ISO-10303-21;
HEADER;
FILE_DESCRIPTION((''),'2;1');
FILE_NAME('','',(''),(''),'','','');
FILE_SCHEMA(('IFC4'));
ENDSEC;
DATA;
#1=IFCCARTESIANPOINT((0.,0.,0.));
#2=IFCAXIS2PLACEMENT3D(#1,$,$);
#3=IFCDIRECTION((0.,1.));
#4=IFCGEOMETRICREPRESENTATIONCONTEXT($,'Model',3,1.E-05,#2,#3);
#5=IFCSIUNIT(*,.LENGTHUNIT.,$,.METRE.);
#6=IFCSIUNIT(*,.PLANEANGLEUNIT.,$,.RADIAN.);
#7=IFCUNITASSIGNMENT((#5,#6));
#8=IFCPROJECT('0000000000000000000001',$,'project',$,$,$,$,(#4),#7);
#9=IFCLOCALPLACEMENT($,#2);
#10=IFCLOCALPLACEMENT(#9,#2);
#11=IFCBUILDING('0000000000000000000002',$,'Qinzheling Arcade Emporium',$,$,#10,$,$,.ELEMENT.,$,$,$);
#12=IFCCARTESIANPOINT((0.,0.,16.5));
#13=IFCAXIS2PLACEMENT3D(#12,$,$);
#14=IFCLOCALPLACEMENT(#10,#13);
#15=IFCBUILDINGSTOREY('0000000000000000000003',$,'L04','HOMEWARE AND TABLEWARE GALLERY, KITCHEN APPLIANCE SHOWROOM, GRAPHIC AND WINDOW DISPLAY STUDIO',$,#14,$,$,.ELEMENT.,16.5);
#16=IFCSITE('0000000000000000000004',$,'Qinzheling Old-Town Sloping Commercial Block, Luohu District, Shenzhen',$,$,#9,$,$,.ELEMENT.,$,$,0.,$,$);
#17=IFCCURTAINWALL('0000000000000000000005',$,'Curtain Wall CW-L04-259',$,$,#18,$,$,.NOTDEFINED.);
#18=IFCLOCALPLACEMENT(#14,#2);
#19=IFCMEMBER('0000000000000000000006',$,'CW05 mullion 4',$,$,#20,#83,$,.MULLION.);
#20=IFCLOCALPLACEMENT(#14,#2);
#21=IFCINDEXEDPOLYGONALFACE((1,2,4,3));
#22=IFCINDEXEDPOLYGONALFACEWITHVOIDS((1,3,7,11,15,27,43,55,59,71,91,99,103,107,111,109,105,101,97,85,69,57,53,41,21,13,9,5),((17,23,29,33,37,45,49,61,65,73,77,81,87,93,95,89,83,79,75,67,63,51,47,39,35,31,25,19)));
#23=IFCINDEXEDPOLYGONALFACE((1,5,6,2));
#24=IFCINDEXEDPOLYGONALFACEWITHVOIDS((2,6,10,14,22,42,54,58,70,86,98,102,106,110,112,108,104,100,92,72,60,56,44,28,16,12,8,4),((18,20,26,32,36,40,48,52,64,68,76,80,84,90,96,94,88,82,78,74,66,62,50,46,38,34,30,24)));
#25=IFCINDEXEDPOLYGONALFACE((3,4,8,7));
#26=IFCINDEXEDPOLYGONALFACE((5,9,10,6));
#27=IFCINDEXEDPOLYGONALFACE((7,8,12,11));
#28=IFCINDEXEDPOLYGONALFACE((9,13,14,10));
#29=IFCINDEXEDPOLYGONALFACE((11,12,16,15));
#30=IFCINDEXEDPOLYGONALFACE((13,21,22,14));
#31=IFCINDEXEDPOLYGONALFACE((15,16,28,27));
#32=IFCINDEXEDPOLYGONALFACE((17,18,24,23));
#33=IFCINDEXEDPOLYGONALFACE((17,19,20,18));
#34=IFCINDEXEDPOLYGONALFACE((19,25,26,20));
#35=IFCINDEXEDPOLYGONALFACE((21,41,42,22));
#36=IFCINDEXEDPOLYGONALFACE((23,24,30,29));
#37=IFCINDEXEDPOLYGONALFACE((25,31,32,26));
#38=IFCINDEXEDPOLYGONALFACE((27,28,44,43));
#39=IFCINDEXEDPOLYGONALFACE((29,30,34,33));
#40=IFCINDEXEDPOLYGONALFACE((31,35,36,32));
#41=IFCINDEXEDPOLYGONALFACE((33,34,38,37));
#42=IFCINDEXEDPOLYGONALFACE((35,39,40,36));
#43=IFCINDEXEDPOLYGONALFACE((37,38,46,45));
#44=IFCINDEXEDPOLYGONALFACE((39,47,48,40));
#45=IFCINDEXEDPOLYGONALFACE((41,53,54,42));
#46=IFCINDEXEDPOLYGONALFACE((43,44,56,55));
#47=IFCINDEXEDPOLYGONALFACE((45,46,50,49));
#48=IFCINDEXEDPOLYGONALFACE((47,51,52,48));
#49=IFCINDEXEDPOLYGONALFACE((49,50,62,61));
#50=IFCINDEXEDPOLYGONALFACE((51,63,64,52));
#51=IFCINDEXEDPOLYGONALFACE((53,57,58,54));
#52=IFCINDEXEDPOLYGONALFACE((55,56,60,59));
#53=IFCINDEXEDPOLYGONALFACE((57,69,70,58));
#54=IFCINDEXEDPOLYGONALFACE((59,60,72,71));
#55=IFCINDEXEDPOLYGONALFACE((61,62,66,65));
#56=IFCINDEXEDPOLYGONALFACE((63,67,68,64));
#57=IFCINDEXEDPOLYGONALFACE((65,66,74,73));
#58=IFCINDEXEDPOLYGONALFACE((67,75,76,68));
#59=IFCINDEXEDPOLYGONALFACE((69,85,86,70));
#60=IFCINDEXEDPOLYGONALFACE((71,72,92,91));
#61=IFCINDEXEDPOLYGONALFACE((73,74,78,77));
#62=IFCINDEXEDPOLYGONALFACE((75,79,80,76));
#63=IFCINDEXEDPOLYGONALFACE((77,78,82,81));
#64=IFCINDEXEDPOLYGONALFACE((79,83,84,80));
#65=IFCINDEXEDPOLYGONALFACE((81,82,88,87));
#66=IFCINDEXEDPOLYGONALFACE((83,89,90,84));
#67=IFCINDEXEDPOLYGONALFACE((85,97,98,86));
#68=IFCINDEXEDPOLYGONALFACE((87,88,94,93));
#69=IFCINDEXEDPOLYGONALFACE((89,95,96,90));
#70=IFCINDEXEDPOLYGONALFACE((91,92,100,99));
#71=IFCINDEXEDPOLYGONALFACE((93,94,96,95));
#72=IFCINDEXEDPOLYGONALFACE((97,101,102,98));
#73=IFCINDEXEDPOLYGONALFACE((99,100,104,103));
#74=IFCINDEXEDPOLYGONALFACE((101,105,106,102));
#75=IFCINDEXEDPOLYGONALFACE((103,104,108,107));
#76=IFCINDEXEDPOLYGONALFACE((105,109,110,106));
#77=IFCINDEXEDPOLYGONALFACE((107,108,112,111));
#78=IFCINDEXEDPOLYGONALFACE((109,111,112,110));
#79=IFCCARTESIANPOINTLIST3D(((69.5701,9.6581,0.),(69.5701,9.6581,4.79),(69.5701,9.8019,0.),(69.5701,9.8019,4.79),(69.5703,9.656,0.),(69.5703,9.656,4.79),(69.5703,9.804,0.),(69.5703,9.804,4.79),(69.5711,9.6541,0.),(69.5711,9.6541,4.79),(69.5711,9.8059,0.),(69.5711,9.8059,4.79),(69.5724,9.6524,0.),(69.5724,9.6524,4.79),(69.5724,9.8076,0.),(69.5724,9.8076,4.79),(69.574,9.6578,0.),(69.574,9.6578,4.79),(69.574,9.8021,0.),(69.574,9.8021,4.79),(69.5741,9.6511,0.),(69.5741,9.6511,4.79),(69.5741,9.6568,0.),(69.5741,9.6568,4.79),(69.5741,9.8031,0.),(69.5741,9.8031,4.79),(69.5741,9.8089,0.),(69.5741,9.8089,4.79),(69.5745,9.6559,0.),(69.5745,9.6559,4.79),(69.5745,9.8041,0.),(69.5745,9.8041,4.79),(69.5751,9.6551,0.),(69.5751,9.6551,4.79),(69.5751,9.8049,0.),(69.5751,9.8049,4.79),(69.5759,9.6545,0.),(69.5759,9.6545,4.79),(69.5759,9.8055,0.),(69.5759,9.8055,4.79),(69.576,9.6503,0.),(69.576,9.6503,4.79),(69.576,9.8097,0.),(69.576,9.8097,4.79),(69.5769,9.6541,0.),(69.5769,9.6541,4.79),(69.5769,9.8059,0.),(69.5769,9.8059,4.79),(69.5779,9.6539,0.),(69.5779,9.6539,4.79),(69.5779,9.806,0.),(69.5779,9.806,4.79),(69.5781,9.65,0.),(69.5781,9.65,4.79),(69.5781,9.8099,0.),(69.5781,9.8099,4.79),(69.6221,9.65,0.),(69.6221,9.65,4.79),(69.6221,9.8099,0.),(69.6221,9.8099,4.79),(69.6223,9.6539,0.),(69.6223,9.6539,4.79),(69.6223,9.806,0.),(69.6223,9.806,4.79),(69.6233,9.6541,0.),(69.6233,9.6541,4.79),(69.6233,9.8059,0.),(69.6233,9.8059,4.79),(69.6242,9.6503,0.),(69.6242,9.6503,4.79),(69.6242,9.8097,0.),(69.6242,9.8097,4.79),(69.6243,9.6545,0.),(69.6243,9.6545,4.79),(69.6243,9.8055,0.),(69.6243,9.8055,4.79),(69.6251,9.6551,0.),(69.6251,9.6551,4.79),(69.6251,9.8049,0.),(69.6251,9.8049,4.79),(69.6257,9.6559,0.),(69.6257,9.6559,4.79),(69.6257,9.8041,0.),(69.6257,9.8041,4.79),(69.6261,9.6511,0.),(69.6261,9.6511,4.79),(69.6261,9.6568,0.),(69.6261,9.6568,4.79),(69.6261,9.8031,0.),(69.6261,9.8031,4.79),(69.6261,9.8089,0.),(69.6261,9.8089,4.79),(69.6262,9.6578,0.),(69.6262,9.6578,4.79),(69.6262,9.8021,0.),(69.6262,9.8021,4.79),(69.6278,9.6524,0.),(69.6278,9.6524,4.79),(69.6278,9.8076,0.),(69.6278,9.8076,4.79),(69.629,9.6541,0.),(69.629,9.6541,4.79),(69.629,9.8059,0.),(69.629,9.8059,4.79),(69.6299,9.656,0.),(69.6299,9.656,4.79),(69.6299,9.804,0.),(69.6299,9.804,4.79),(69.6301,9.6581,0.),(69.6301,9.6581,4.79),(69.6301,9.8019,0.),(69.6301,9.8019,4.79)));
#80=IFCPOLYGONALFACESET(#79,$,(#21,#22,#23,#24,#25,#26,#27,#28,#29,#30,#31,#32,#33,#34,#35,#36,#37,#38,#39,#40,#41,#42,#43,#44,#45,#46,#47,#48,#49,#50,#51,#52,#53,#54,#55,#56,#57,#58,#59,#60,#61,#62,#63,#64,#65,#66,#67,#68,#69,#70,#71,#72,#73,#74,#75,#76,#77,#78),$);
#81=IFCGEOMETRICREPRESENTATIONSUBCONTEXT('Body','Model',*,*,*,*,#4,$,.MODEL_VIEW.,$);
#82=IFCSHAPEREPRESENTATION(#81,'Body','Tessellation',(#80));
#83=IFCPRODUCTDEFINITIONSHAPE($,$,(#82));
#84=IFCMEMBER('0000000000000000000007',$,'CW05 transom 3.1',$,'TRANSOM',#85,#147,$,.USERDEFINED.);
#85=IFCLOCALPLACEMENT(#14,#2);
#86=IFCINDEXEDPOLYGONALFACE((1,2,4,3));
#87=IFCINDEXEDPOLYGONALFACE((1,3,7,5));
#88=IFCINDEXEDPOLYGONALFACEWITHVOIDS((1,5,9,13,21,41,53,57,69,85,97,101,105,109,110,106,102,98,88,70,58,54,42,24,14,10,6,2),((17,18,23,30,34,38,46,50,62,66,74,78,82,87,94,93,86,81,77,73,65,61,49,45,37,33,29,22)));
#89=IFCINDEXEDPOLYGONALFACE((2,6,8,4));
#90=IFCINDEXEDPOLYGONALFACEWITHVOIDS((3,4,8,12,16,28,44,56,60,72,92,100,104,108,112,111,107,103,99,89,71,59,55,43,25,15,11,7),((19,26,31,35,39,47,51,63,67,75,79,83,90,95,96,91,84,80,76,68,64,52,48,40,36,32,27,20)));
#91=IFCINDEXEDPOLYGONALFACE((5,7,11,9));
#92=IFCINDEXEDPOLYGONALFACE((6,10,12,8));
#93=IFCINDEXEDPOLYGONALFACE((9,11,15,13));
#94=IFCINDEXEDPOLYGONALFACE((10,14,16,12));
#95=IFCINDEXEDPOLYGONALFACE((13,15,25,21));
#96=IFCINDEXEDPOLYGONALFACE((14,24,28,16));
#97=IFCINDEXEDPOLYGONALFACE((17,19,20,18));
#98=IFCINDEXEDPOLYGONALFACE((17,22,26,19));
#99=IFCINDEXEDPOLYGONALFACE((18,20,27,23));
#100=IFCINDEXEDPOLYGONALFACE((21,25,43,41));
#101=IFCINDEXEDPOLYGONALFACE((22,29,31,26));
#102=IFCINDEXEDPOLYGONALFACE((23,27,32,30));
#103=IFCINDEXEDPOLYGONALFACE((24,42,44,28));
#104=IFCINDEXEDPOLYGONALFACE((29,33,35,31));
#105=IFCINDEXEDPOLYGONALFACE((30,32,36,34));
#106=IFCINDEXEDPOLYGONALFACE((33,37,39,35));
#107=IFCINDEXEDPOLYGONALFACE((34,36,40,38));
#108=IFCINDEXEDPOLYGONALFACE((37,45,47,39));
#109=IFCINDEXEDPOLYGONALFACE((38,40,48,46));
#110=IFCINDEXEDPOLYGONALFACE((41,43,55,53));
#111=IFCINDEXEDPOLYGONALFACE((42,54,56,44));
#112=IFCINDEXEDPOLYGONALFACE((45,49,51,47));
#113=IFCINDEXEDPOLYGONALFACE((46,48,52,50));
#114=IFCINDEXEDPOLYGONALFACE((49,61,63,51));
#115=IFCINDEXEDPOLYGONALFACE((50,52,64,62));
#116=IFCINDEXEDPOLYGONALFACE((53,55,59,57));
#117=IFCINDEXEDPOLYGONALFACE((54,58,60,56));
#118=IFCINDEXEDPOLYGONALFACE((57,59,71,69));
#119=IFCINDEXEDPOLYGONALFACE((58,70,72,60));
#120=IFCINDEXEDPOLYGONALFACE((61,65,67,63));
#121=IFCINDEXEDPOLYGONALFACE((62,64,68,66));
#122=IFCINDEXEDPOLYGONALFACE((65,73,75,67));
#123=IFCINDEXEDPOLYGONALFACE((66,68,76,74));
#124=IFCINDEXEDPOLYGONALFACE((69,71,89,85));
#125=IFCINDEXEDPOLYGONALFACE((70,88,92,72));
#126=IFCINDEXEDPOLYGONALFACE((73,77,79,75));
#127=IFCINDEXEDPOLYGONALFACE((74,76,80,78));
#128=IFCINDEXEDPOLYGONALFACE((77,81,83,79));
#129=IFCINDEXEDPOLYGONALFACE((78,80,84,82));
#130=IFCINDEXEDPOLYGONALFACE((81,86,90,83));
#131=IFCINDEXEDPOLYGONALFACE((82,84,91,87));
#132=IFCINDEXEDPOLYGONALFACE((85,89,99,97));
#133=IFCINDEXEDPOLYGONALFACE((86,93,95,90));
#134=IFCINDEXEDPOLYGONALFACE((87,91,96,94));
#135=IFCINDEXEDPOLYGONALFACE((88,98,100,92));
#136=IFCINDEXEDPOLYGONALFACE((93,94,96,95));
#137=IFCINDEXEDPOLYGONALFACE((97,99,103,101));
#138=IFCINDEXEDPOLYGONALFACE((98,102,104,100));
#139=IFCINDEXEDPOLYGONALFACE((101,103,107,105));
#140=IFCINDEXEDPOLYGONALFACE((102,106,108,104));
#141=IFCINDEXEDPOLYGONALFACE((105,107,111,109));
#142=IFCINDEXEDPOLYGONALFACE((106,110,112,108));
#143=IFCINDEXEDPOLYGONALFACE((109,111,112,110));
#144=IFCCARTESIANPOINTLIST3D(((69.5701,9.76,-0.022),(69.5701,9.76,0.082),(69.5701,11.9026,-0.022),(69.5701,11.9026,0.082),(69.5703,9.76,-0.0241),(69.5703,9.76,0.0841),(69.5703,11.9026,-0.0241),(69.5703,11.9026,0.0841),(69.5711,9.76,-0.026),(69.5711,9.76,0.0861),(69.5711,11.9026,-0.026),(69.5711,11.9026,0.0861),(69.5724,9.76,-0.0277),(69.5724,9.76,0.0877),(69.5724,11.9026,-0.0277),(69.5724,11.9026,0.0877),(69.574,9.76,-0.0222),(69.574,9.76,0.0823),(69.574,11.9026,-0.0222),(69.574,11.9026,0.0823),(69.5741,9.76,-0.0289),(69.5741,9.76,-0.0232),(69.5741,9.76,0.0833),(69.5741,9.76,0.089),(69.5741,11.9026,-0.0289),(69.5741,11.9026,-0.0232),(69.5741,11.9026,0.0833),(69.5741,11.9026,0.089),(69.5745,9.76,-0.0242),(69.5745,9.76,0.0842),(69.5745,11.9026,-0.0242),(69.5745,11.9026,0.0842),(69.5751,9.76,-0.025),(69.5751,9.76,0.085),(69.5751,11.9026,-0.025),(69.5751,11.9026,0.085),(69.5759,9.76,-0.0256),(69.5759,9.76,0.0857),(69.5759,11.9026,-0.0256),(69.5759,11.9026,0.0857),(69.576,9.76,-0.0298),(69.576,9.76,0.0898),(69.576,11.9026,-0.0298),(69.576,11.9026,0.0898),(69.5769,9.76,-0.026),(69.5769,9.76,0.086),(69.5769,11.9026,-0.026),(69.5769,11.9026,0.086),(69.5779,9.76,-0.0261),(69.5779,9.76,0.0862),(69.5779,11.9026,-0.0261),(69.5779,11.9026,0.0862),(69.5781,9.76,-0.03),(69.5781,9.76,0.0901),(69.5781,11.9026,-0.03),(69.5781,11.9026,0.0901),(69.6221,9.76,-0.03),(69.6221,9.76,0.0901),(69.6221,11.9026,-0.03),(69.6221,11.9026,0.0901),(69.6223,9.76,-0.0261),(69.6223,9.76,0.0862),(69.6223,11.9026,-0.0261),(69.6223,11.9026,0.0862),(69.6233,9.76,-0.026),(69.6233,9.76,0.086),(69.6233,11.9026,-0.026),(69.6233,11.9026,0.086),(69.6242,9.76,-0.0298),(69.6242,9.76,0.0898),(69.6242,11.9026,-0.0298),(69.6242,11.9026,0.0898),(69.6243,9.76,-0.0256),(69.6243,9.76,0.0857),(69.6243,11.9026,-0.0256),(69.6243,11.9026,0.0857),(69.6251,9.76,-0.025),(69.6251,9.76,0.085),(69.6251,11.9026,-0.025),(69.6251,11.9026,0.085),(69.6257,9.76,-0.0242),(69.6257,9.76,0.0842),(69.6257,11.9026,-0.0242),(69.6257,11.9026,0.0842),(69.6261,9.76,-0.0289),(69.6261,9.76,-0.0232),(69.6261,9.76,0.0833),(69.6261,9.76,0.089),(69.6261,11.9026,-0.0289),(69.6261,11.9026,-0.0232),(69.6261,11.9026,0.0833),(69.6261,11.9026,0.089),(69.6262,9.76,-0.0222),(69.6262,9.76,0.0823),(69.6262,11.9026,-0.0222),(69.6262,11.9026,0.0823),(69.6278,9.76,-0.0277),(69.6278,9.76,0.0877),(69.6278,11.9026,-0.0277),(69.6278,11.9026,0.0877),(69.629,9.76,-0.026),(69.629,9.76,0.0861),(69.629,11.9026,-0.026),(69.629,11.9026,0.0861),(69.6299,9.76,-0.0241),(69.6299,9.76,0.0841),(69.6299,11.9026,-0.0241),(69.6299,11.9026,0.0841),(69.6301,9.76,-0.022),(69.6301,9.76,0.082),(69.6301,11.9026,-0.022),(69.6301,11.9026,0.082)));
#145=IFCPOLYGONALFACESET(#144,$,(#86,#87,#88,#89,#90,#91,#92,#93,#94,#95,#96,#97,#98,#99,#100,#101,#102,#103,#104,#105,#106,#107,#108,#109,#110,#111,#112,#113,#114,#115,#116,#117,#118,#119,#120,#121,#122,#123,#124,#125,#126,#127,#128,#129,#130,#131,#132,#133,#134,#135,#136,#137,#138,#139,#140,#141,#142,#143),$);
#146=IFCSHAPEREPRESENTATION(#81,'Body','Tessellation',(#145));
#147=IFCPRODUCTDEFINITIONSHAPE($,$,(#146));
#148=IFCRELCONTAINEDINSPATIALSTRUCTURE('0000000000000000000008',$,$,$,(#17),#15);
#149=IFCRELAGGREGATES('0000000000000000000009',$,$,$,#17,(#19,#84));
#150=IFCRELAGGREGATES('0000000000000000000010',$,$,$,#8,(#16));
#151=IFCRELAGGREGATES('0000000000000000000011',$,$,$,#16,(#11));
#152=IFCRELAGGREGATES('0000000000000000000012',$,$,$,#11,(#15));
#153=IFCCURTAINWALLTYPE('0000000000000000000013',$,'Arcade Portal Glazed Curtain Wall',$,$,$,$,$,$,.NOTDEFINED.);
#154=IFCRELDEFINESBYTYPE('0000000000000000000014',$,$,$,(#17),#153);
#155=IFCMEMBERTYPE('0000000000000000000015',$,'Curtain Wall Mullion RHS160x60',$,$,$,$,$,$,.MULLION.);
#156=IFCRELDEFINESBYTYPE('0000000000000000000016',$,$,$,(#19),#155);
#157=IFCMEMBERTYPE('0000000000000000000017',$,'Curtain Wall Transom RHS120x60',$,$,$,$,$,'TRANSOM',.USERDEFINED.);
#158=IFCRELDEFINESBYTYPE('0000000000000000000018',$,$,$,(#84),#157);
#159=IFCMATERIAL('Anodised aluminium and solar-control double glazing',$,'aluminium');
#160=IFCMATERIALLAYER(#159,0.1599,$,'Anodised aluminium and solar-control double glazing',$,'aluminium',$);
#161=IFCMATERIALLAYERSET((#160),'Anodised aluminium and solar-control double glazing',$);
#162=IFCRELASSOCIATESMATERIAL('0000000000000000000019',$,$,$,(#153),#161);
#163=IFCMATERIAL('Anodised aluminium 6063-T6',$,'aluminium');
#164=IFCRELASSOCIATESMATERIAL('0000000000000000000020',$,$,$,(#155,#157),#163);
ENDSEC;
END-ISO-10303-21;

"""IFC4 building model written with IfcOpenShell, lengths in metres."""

from ifc_helpers import new_model, si_unit, direction, frame, origin, origin_2d, place, context, subcontext, project, spatial, hollow_rectangle, extrude, material, layer, layer_set, material_profile, profile_set, type_object, element, aggregate, save


model = new_model("IFC4")

# Units and contexts
model_context = context("Model", 3, precision=1e-05, world=origin(), true_north=direction((0.0, 1.0)))
body_context = subcontext(model_context, "Body", "Model", "MODEL_VIEW")
ifc_project = project(units=[si_unit("LENGTHUNIT", "METRE"), si_unit("PLANEANGLEUNIT", "RADIAN")], contexts=[model_context])

# Site, building, storey
site_placement = place(None, origin())
site = spatial("IfcSite", under=ifc_project, at=site_placement, Name="Qinzheling Old-Town Sloping Commercial Block, Luohu District, Shenzhen", CompositionType="ELEMENT", RefElevation=0.0)
building_placement = place(site_placement, origin())
building = spatial("IfcBuilding", under=site, at=building_placement, Name="Qinzheling Arcade Emporium", CompositionType="ELEMENT")
storey_placement = place(building_placement, frame((0.0, 0.0, 16.5)))
storey = spatial("IfcBuildingStorey", under=building, at=storey_placement, Name="L04", Description="HOMEWARE AND TABLEWARE GALLERY, KITCHEN APPLIANCE SHOWROOM, GRAPHIC AND WINDOW DISPLAY STUDIO", CompositionType="ELEMENT", Elevation=16.5)

# Curtain wall, members
ifc_material_1 = material(Name="Anodised aluminium and solar-control double glazing", Category="aluminium")
ifc_layer_1 = layer(ifc_material_1, 0.1599, Name="Anodised aluminium and solar-control double glazing", Category="aluminium")
ifc_layer_set_1 = layer_set([ifc_layer_1], Name="Anodised aluminium and solar-control double glazing")
curtain_wall_type = type_object("IfcCurtainWallType", Name="Arcade Portal Glazed Curtain Wall", PredefinedType="NOTDEFINED", material=ifc_layer_set_1)
curtain_wall_placement = place(storey_placement, origin())
curtain_wall = element("IfcCurtainWall", 1, at=curtain_wall_placement, inside=storey, type_object=curtain_wall_type, Name="Curtain Wall CW-L04-259", PredefinedType="NOTDEFINED")
ifc_material_2 = material(Name="Anodised aluminium 6063-T6", Category="aluminium")
ifc_material_profile_1 = material_profile(ifc_material_2, hollow_rectangle(XDim=0.0601, YDim=0.1599, WallThickness=0.0039, InnerFilletRadius=0.0039, OuterFilletRadius=0.0081, at=origin_2d()), Name="RHS 160x60x4", Category="aluminium")
ifc_profile_set_1 = profile_set([ifc_material_profile_1], Name="Anodised aluminium 6063-T6")
member_type_1 = type_object("IfcMemberType", Name="Curtain Wall Mullion RHS160x60", PredefinedType="MULLION", material=ifc_profile_set_1)
member_1_placement = place(storey_placement, frame((69.6001, 9.73, 0.0), z_axis=(0.0, 0.0, 1.0), x_axis=(1.0, 0.0, 0.0)))
member_1 = element("IfcMember", 2, at=member_1_placement, type_object=member_type_1, Name="CW05 mullion 4", PredefinedType="MULLION", context=body_context, shape_type="SweptSolid", body=[
    extrude(hollow_rectangle(XDim=0.0601, YDim=0.1599, WallThickness=0.0039, InnerFilletRadius=0.0039, OuterFilletRadius=0.0081, at=origin_2d()), origin(), (0.0, 0.0, 1.0), 4.79),
])
ifc_material_profile_2 = material_profile(ifc_material_2, hollow_rectangle(XDim=0.0601, YDim=0.1201, WallThickness=0.0039, InnerFilletRadius=0.0039, OuterFilletRadius=0.0081, at=origin_2d()), Name="RHS 120x60x4", Category="aluminium")
ifc_profile_set_2 = profile_set([ifc_material_profile_2], Name="Anodised aluminium 6063-T6")
member_type_2 = type_object("IfcMemberType", Name="Curtain Wall Transom RHS120x60", ElementType="TRANSOM", PredefinedType="USERDEFINED", material=ifc_profile_set_2)
member_2_placement = place(storey_placement, frame((69.6001, 11.9026, 0.03), z_axis=(0.0, -1.0, 0.0), x_axis=(1.0, 0.0, 0.0)))
member_2 = element("IfcMember", 3, at=member_2_placement, type_object=member_type_2, Name="CW05 transom 3.1", ObjectType="TRANSOM", PredefinedType="USERDEFINED", context=body_context, shape_type="SweptSolid", body=[
    extrude(hollow_rectangle(XDim=0.0601, YDim=0.1201, WallThickness=0.0039, InnerFilletRadius=0.0039, OuterFilletRadius=0.0081, at=origin_2d()), origin(), (0.0, 0.0, 1.0), 2.1426),
])
aggregate(curtain_wall, [member_1, member_2])

save(model, "model.ifc")
